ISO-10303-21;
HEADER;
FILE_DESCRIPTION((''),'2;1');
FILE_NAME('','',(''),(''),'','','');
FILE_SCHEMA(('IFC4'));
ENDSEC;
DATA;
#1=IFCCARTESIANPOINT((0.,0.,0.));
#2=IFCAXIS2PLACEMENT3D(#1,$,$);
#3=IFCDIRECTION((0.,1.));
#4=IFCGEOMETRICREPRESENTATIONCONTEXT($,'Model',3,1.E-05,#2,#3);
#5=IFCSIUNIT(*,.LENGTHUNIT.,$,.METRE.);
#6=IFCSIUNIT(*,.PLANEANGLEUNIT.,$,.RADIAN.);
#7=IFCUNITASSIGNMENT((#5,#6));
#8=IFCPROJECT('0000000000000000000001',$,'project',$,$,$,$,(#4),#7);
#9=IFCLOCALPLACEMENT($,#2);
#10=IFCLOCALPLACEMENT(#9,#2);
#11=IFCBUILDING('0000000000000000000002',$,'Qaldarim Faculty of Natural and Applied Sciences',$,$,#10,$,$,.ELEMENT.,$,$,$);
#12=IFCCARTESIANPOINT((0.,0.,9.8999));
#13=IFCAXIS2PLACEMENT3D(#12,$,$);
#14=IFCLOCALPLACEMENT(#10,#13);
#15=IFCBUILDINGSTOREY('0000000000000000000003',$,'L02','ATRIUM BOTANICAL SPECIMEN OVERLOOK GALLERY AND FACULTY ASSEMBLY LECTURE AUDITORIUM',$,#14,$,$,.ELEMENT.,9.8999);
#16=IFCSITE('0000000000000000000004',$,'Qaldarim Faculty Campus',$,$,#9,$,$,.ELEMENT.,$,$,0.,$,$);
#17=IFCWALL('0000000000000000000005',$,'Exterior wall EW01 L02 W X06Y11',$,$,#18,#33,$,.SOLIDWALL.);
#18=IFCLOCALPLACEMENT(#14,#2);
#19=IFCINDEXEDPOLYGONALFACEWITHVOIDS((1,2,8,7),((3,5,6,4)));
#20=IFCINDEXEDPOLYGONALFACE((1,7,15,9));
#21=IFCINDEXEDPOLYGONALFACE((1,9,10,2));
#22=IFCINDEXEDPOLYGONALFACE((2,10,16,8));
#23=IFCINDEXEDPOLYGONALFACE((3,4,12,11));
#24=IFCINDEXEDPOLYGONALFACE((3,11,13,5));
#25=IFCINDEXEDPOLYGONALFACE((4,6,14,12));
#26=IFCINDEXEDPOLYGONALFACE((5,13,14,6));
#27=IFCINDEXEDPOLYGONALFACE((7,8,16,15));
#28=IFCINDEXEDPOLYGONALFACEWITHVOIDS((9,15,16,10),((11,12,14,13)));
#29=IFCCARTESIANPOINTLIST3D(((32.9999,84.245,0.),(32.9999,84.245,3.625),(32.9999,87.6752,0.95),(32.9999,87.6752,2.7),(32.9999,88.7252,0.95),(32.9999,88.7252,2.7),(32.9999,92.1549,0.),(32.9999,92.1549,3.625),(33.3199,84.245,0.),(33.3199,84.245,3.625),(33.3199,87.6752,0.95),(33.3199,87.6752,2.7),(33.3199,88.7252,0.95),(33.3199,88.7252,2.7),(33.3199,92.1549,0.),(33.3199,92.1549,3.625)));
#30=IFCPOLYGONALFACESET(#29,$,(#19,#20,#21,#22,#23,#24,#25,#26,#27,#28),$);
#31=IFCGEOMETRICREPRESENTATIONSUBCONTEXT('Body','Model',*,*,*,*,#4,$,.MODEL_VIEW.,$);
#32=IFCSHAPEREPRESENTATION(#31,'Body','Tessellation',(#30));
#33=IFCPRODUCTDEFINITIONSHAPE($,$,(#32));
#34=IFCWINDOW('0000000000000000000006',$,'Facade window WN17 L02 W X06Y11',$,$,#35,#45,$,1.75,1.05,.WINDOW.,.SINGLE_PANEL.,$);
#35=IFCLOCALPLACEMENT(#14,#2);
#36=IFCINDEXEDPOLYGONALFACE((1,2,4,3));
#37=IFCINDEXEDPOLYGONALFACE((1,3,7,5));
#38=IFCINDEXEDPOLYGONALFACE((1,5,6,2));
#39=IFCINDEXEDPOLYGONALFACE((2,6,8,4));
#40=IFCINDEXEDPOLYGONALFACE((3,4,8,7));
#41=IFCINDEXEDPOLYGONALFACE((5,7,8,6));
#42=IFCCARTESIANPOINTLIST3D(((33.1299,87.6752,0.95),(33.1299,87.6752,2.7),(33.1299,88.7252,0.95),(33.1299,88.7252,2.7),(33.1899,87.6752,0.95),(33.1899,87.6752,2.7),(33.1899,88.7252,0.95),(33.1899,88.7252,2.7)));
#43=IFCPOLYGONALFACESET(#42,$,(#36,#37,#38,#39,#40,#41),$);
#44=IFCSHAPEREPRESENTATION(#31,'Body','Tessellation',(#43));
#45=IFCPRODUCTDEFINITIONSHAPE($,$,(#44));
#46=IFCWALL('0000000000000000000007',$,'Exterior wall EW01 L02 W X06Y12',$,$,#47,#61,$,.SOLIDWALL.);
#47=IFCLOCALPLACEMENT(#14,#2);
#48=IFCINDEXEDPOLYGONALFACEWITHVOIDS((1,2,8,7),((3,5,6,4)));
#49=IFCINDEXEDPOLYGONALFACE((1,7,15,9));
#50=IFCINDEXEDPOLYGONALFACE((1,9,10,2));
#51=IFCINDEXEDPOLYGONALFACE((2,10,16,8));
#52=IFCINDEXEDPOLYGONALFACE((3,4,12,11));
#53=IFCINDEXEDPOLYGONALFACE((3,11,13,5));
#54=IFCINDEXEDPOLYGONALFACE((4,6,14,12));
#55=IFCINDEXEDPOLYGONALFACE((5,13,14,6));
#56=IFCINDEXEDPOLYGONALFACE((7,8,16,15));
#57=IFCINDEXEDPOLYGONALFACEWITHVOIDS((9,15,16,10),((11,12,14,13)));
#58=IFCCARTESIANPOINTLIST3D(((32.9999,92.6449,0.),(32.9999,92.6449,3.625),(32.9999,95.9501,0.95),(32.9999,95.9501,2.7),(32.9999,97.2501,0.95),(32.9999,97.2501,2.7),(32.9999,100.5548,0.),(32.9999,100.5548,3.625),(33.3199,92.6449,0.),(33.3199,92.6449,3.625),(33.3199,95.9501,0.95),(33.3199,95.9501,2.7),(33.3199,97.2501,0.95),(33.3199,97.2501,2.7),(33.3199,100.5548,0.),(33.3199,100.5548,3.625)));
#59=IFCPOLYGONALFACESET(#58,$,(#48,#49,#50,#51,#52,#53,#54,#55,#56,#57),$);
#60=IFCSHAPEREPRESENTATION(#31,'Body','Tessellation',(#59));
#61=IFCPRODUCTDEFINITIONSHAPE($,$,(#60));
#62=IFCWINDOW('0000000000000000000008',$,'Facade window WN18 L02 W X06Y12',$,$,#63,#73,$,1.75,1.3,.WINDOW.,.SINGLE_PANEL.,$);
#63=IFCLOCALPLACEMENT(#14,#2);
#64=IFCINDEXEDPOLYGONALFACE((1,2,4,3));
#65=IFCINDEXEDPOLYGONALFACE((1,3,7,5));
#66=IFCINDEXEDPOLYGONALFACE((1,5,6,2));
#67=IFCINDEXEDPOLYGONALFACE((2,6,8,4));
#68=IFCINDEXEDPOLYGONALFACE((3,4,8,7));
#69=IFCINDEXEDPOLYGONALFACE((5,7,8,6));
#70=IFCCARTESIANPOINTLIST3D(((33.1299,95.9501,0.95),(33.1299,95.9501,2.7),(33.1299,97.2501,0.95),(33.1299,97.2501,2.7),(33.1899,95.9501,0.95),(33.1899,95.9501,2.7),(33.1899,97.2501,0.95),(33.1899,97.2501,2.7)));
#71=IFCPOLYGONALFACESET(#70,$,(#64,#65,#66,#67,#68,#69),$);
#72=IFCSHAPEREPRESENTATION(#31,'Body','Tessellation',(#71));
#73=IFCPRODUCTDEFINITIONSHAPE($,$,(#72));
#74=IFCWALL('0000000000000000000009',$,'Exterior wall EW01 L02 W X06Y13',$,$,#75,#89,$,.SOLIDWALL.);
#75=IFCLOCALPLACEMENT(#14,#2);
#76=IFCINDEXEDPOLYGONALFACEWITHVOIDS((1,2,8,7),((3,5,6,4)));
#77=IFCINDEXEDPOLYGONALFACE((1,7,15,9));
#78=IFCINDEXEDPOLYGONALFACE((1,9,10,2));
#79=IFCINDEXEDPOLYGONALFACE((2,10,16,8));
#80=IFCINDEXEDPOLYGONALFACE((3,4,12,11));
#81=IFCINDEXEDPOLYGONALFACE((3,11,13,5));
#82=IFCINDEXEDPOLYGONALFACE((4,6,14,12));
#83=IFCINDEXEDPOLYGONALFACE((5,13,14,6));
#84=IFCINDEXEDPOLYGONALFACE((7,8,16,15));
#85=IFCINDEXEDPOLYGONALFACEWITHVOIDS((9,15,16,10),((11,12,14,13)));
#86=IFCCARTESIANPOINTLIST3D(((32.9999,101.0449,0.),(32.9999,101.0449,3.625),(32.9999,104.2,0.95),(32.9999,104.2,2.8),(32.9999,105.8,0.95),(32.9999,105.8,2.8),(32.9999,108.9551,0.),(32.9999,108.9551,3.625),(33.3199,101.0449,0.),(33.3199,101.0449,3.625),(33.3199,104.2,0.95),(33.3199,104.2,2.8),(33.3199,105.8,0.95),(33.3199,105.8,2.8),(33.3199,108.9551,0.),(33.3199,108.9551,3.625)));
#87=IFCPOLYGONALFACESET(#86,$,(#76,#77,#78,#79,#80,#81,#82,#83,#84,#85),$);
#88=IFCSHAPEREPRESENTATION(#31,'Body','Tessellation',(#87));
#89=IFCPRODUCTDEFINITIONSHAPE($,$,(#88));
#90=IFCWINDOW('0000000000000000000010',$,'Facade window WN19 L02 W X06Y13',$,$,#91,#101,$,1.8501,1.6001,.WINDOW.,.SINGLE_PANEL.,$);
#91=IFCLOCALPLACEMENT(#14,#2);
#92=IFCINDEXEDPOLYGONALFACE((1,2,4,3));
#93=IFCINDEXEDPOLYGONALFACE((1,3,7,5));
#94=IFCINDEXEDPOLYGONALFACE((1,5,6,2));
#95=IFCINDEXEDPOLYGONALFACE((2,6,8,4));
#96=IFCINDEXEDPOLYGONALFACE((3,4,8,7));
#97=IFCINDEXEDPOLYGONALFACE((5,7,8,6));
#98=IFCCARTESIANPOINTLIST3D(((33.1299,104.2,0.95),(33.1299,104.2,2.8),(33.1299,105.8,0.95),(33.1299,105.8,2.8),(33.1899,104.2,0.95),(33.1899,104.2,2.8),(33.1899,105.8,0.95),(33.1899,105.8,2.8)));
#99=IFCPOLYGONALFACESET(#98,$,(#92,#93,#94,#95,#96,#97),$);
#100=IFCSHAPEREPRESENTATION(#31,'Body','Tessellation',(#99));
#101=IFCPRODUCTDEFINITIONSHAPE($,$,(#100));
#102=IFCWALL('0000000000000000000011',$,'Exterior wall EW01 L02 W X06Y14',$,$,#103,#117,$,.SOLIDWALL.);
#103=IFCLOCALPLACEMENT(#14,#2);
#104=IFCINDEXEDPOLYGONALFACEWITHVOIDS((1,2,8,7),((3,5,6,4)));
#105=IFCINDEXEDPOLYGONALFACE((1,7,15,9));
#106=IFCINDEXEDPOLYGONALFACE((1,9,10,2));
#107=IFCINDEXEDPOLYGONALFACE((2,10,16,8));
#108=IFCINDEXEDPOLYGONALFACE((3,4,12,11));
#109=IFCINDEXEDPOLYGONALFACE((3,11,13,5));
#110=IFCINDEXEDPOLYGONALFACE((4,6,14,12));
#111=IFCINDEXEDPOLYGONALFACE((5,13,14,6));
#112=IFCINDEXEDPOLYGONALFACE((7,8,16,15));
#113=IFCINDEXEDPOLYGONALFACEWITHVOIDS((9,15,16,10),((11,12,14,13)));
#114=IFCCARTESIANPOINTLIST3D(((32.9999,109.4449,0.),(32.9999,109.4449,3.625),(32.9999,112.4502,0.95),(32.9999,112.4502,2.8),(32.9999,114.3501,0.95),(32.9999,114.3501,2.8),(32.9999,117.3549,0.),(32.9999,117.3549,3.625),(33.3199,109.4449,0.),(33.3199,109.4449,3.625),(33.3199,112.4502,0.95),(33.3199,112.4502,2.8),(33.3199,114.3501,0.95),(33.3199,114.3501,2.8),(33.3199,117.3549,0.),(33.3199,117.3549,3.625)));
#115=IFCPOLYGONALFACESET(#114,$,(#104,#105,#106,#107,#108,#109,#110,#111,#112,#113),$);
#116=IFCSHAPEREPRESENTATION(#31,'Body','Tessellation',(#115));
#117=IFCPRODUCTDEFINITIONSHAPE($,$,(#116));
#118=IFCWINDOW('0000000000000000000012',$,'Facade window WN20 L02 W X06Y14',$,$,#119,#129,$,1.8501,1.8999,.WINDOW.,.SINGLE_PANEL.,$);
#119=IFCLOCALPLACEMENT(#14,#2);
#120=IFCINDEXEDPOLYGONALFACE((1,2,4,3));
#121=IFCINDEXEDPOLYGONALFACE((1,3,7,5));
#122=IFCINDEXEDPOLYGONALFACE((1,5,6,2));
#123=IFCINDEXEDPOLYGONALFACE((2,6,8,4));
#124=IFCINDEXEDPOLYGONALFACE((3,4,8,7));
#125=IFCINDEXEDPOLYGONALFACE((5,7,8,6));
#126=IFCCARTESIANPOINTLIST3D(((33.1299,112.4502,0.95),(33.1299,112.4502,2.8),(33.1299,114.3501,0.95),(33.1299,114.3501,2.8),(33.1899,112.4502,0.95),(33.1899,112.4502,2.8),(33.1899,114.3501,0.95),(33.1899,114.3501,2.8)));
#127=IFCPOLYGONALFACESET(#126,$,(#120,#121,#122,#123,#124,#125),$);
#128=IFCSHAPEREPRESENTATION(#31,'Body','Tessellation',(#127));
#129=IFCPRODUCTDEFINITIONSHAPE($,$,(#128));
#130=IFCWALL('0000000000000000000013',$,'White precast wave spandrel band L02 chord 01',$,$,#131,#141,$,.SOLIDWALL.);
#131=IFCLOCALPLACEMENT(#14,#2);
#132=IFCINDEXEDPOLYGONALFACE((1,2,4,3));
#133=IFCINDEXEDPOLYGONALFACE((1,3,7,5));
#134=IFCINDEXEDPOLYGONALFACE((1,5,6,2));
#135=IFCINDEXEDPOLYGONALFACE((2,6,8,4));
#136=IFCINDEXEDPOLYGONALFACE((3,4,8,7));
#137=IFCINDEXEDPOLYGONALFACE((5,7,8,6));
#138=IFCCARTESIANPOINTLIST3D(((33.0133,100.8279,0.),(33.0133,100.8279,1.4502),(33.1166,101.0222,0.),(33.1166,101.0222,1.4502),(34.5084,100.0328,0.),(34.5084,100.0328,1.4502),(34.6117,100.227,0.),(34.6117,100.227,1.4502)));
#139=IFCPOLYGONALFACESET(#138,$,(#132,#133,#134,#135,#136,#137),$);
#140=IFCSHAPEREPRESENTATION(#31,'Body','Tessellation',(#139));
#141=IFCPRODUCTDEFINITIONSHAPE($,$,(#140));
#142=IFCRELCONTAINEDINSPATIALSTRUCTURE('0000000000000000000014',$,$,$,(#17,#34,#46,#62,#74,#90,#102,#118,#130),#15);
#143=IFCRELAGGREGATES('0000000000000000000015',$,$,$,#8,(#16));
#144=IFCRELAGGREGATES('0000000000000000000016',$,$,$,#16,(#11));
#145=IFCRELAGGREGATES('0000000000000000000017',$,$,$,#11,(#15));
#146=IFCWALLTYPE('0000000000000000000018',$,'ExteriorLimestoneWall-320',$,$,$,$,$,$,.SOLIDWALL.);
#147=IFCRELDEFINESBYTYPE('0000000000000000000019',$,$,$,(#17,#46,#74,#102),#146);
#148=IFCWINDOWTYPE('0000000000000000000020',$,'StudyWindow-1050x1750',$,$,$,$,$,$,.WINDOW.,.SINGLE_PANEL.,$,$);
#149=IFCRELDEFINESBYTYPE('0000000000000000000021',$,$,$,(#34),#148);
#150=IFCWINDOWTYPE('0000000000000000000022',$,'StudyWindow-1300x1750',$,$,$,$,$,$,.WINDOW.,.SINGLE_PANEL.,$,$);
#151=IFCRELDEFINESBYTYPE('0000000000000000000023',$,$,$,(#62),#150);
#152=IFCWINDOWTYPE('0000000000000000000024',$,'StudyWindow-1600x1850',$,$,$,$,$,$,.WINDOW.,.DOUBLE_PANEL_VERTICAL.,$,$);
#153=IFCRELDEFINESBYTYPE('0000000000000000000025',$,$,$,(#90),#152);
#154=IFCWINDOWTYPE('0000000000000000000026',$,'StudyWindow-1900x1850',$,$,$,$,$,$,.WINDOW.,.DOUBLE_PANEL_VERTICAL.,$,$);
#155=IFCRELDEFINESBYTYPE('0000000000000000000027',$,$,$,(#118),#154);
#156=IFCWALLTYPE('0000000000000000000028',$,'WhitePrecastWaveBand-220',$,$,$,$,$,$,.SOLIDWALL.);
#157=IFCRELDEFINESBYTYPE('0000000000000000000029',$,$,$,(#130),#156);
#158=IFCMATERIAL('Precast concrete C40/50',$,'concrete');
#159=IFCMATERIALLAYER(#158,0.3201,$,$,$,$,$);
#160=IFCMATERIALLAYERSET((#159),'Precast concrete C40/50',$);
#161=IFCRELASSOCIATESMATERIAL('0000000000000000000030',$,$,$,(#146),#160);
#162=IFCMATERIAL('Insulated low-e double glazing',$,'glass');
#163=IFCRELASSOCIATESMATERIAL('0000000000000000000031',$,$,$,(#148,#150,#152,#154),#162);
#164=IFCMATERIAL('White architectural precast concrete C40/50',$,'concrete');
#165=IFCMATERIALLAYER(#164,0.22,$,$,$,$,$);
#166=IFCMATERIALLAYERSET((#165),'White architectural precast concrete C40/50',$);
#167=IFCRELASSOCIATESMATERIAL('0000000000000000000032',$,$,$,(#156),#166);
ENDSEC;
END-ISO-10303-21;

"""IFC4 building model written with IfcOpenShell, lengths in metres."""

from ifc_helpers import new_model, si_unit, direction, frame, frame_2d, origin, place, context, subcontext, project, spatial, rectangle, extrude, material, layer, layer_set, type_object, element, fill, save


model = new_model("IFC4")

# Units and contexts
model_context = context("Model", 3, precision=1e-05, world=origin(), true_north=direction((0.0, 1.0)))
body_context = subcontext(model_context, "Body", "Model", "MODEL_VIEW")
ifc_project = project(units=[si_unit("LENGTHUNIT", "METRE"), si_unit("PLANEANGLEUNIT", "RADIAN")], contexts=[model_context])

# Site, building, storey
site_placement = place(None, origin())
site = spatial("IfcSite", under=ifc_project, at=site_placement, Name="Qaldarim Faculty Campus", CompositionType="ELEMENT", RefElevation=0.0)
building_placement = place(site_placement, origin())
building = spatial("IfcBuilding", under=site, at=building_placement, Name="Qaldarim Faculty of Natural and Applied Sciences", CompositionType="ELEMENT")
storey_placement = place(building_placement, frame((0.0, 0.0, 9.8999)))
storey = spatial("IfcBuildingStorey", under=building, at=storey_placement, Name="L02", Description="ATRIUM BOTANICAL SPECIMEN OVERLOOK GALLERY AND FACULTY ASSEMBLY LECTURE AUDITORIUM", CompositionType="ELEMENT", Elevation=9.8999)

# Walls, openings, windows
ifc_material_1 = material(Name="Precast concrete C40/50", Category="concrete")
ifc_layer_1 = layer(ifc_material_1, 0.3201)
ifc_layer_set_1 = layer_set([ifc_layer_1], Name="Precast concrete C40/50")
wall_type_1 = type_object("IfcWallType", Name="ExteriorLimestoneWall-320", PredefinedType="SOLIDWALL", material=ifc_layer_set_1)
wall_1_placement = place(storey_placement, frame((33.1599, 92.155, 0.0), z_axis=(0.0, 0.0, 1.0), x_axis=(0.0, -1.0, 0.0)))
wall_1 = element("IfcWall", 1, at=wall_1_placement, inside=storey, type_object=wall_type_1, Name="Exterior wall EW01 L02 W X06Y11", PredefinedType="SOLIDWALL", context=body_context, shape_type="SweptSolid", body=[
    extrude(rectangle(XDim=7.9099, YDim=0.3201, at=frame_2d((3.9551, 0.0))), origin(), (0.0, 0.0, 1.0), 3.625),
])
opening_1_placement = place(wall_1_placement, frame((3.4299, 0.0, 0.95)))
opening_1 = element("IfcOpeningElement", 2, at=opening_1_placement, cuts=wall_1, PredefinedType="OPENING", context=body_context, shape_type="SweptSolid", body=[
    extrude(rectangle(XDim=1.05, YDim=1.75, at=frame_2d((0.5249, 0.875))), frame((0.0, 0.1699, 0.0), z_axis=(0.0, -1.0, 0.0), x_axis=(1.0, 0.0, 0.0)), (0.0, 0.0, 1.0), 0.3401),
])
ifc_material_2 = material(Name="Insulated low-e double glazing", Category="glass")
window_type_1 = type_object("IfcWindowType", Name="StudyWindow-1050x1750", PartitioningType="SINGLE_PANEL", PredefinedType="WINDOW", material=ifc_material_2)
window_1_placement = place(opening_1_placement, origin())
window_1 = element("IfcWindow", 3, at=window_1_placement, inside=storey, type_object=window_type_1, Name="Facade window WN17 L02 W X06Y11", OverallHeight=1.75, OverallWidth=1.05, PartitioningType="SINGLE_PANEL", PredefinedType="WINDOW", context=body_context, shape_type="SweptSolid", body=[
    extrude(rectangle(XDim=1.05, YDim=1.75, at=frame_2d((0.5249, 0.875))), frame((0.0, 0.03, 0.0), z_axis=(0.0, -1.0, 0.0), x_axis=(1.0, 0.0, 0.0)), (0.0, 0.0, 1.0), 0.0601),
])
fill(opening_1, window_1)
wall_2_placement = place(storey_placement, frame((33.1599, 100.5549, 0.0), z_axis=(0.0, 0.0, 1.0), x_axis=(0.0, -1.0, 0.0)))
wall_2 = element("IfcWall", 4, at=wall_2_placement, inside=storey, type_object=wall_type_1, Name="Exterior wall EW01 L02 W X06Y12", PredefinedType="SOLIDWALL", context=body_context, shape_type="SweptSolid", body=[
    extrude(rectangle(XDim=7.9099, YDim=0.3201, at=frame_2d((3.9551, 0.0))), origin(), (0.0, 0.0, 1.0), 3.625),
])
opening_2_placement = place(wall_2_placement, frame((3.3049, 0.0, 0.95)))
opening_2 = element("IfcOpeningElement", 5, at=opening_2_placement, cuts=wall_2, PredefinedType="OPENING", context=body_context, shape_type="SweptSolid", body=[
    extrude(rectangle(XDim=1.3, YDim=1.75, at=frame_2d((0.6499, 0.875))), frame((0.0, 0.1699, 0.0), z_axis=(0.0, -1.0, 0.0), x_axis=(1.0, 0.0, 0.0)), (0.0, 0.0, 1.0), 0.3401),
])
window_type_2 = type_object("IfcWindowType", Name="StudyWindow-1300x1750", PartitioningType="SINGLE_PANEL", PredefinedType="WINDOW", material=ifc_material_2)
window_2_placement = place(opening_2_placement, origin())
window_2 = element("IfcWindow", 6, at=window_2_placement, inside=storey, type_object=window_type_2, Name="Facade window WN18 L02 W X06Y12", OverallHeight=1.75, OverallWidth=1.3, PartitioningType="SINGLE_PANEL", PredefinedType="WINDOW", context=body_context, shape_type="SweptSolid", body=[
    extrude(rectangle(XDim=1.3, YDim=1.75, at=frame_2d((0.6499, 0.875))), frame((0.0, 0.03, 0.0), z_axis=(0.0, -1.0, 0.0), x_axis=(1.0, 0.0, 0.0)), (0.0, 0.0, 1.0), 0.0601),
])
fill(opening_2, window_2)
wall_3_placement = place(storey_placement, frame((33.1599, 108.9551, 0.0), z_axis=(0.0, 0.0, 1.0), x_axis=(0.0, -1.0, 0.0)))
wall_3 = element("IfcWall", 7, at=wall_3_placement, inside=storey, type_object=wall_type_1, Name="Exterior wall EW01 L02 W X06Y13", PredefinedType="SOLIDWALL", context=body_context, shape_type="SweptSolid", body=[
    extrude(rectangle(XDim=7.9102, YDim=0.3201, at=frame_2d((3.9551, 0.0))), origin(), (0.0, 0.0, 1.0), 3.625),
])
opening_3_placement = place(wall_3_placement, frame((3.155, 0.0, 0.95)))
opening_3 = element("IfcOpeningElement", 8, at=opening_3_placement, cuts=wall_3, PredefinedType="OPENING", context=body_context, shape_type="SweptSolid", body=[
    extrude(rectangle(XDim=1.6001, YDim=1.8501, at=frame_2d((0.8, 0.925))), frame((0.0, 0.1699, 0.0), z_axis=(0.0, -1.0, 0.0), x_axis=(1.0, 0.0, 0.0)), (0.0, 0.0, 1.0), 0.3401),
])
window_type_3 = type_object("IfcWindowType", Name="StudyWindow-1600x1850", PartitioningType="DOUBLE_PANEL_VERTICAL", PredefinedType="WINDOW", material=ifc_material_2)
window_3_placement = place(opening_3_placement, origin())
window_3 = element("IfcWindow", 9, at=window_3_placement, inside=storey, type_object=window_type_3, Name="Facade window WN19 L02 W X06Y13", OverallHeight=1.8501, OverallWidth=1.6001, PartitioningType="SINGLE_PANEL", PredefinedType="WINDOW", context=body_context, shape_type="SweptSolid", body=[
    extrude(rectangle(XDim=1.6001, YDim=1.8501, at=frame_2d((0.8, 0.925))), frame((0.0, 0.03, 0.0), z_axis=(0.0, -1.0, 0.0), x_axis=(1.0, 0.0, 0.0)), (0.0, 0.0, 1.0), 0.0601),
])
fill(opening_3, window_3)
wall_4_placement = place(storey_placement, frame((33.1599, 117.355, 0.0), z_axis=(0.0, 0.0, 1.0), x_axis=(0.0, -1.0, 0.0)))
wall_4 = element("IfcWall", 10, at=wall_4_placement, inside=storey, type_object=wall_type_1, Name="Exterior wall EW01 L02 W X06Y14", PredefinedType="SOLIDWALL", context=body_context, shape_type="SweptSolid", body=[
    extrude(rectangle(XDim=7.9099, YDim=0.3201, at=frame_2d((3.9551, 0.0))), origin(), (0.0, 0.0, 1.0), 3.625),
])
opening_4_placement = place(wall_4_placement, frame((3.0049, 0.0, 0.95)))
opening_4 = element("IfcOpeningElement", 11, at=opening_4_placement, cuts=wall_4, PredefinedType="OPENING", context=body_context, shape_type="SweptSolid", body=[
    extrude(rectangle(XDim=1.8999, YDim=1.8501, at=frame_2d((0.95, 0.925))), frame((0.0, 0.1699, 0.0), z_axis=(0.0, -1.0, 0.0), x_axis=(1.0, 0.0, 0.0)), (0.0, 0.0, 1.0), 0.3401),
])
window_type_4 = type_object("IfcWindowType", Name="StudyWindow-1900x1850", PartitioningType="DOUBLE_PANEL_VERTICAL", PredefinedType="WINDOW", material=ifc_material_2)
window_4_placement = place(opening_4_placement, origin())
window_4 = element("IfcWindow", 12, at=window_4_placement, inside=storey, type_object=window_type_4, Name="Facade window WN20 L02 W X06Y14", OverallHeight=1.8501, OverallWidth=1.8999, PartitioningType="SINGLE_PANEL", PredefinedType="WINDOW", context=body_context, shape_type="SweptSolid", body=[
    extrude(rectangle(XDim=1.8999, YDim=1.8501, at=frame_2d((0.95, 0.925))), frame((0.0, 0.03, 0.0), z_axis=(0.0, -1.0, 0.0), x_axis=(1.0, 0.0, 0.0)), (0.0, 0.0, 1.0), 0.0601),
])
fill(opening_4, window_4)

# Wall
ifc_material_3 = material(Name="White architectural precast concrete C40/50", Category="concrete")
ifc_layer_2 = layer(ifc_material_3, 0.22)
ifc_layer_set_2 = layer_set([ifc_layer_2], Name="White architectural precast concrete C40/50")
wall_type_2 = type_object("IfcWallType", Name="WhitePrecastWaveBand-220", PredefinedType="SOLIDWALL", material=ifc_layer_set_2)
wall_5_placement = place(storey_placement, frame((33.0649, 100.925, 0.0), z_axis=(0.0, 0.0, 1.0), x_axis=(0.882899, -0.469563, 0.0)))
element("IfcWall", 13, at=wall_5_placement, inside=storey, type_object=wall_type_2, Name="White precast wave spandrel band L02 chord 01", PredefinedType="SOLIDWALL", context=body_context, shape_type="SweptSolid", body=[
    extrude(rectangle(XDim=1.6934, YDim=0.22, at=frame_2d((0.8467, 0.0))), origin(), (0.0, 0.0, 1.0), 1.4502),
])

save(model, "model.ifc")
